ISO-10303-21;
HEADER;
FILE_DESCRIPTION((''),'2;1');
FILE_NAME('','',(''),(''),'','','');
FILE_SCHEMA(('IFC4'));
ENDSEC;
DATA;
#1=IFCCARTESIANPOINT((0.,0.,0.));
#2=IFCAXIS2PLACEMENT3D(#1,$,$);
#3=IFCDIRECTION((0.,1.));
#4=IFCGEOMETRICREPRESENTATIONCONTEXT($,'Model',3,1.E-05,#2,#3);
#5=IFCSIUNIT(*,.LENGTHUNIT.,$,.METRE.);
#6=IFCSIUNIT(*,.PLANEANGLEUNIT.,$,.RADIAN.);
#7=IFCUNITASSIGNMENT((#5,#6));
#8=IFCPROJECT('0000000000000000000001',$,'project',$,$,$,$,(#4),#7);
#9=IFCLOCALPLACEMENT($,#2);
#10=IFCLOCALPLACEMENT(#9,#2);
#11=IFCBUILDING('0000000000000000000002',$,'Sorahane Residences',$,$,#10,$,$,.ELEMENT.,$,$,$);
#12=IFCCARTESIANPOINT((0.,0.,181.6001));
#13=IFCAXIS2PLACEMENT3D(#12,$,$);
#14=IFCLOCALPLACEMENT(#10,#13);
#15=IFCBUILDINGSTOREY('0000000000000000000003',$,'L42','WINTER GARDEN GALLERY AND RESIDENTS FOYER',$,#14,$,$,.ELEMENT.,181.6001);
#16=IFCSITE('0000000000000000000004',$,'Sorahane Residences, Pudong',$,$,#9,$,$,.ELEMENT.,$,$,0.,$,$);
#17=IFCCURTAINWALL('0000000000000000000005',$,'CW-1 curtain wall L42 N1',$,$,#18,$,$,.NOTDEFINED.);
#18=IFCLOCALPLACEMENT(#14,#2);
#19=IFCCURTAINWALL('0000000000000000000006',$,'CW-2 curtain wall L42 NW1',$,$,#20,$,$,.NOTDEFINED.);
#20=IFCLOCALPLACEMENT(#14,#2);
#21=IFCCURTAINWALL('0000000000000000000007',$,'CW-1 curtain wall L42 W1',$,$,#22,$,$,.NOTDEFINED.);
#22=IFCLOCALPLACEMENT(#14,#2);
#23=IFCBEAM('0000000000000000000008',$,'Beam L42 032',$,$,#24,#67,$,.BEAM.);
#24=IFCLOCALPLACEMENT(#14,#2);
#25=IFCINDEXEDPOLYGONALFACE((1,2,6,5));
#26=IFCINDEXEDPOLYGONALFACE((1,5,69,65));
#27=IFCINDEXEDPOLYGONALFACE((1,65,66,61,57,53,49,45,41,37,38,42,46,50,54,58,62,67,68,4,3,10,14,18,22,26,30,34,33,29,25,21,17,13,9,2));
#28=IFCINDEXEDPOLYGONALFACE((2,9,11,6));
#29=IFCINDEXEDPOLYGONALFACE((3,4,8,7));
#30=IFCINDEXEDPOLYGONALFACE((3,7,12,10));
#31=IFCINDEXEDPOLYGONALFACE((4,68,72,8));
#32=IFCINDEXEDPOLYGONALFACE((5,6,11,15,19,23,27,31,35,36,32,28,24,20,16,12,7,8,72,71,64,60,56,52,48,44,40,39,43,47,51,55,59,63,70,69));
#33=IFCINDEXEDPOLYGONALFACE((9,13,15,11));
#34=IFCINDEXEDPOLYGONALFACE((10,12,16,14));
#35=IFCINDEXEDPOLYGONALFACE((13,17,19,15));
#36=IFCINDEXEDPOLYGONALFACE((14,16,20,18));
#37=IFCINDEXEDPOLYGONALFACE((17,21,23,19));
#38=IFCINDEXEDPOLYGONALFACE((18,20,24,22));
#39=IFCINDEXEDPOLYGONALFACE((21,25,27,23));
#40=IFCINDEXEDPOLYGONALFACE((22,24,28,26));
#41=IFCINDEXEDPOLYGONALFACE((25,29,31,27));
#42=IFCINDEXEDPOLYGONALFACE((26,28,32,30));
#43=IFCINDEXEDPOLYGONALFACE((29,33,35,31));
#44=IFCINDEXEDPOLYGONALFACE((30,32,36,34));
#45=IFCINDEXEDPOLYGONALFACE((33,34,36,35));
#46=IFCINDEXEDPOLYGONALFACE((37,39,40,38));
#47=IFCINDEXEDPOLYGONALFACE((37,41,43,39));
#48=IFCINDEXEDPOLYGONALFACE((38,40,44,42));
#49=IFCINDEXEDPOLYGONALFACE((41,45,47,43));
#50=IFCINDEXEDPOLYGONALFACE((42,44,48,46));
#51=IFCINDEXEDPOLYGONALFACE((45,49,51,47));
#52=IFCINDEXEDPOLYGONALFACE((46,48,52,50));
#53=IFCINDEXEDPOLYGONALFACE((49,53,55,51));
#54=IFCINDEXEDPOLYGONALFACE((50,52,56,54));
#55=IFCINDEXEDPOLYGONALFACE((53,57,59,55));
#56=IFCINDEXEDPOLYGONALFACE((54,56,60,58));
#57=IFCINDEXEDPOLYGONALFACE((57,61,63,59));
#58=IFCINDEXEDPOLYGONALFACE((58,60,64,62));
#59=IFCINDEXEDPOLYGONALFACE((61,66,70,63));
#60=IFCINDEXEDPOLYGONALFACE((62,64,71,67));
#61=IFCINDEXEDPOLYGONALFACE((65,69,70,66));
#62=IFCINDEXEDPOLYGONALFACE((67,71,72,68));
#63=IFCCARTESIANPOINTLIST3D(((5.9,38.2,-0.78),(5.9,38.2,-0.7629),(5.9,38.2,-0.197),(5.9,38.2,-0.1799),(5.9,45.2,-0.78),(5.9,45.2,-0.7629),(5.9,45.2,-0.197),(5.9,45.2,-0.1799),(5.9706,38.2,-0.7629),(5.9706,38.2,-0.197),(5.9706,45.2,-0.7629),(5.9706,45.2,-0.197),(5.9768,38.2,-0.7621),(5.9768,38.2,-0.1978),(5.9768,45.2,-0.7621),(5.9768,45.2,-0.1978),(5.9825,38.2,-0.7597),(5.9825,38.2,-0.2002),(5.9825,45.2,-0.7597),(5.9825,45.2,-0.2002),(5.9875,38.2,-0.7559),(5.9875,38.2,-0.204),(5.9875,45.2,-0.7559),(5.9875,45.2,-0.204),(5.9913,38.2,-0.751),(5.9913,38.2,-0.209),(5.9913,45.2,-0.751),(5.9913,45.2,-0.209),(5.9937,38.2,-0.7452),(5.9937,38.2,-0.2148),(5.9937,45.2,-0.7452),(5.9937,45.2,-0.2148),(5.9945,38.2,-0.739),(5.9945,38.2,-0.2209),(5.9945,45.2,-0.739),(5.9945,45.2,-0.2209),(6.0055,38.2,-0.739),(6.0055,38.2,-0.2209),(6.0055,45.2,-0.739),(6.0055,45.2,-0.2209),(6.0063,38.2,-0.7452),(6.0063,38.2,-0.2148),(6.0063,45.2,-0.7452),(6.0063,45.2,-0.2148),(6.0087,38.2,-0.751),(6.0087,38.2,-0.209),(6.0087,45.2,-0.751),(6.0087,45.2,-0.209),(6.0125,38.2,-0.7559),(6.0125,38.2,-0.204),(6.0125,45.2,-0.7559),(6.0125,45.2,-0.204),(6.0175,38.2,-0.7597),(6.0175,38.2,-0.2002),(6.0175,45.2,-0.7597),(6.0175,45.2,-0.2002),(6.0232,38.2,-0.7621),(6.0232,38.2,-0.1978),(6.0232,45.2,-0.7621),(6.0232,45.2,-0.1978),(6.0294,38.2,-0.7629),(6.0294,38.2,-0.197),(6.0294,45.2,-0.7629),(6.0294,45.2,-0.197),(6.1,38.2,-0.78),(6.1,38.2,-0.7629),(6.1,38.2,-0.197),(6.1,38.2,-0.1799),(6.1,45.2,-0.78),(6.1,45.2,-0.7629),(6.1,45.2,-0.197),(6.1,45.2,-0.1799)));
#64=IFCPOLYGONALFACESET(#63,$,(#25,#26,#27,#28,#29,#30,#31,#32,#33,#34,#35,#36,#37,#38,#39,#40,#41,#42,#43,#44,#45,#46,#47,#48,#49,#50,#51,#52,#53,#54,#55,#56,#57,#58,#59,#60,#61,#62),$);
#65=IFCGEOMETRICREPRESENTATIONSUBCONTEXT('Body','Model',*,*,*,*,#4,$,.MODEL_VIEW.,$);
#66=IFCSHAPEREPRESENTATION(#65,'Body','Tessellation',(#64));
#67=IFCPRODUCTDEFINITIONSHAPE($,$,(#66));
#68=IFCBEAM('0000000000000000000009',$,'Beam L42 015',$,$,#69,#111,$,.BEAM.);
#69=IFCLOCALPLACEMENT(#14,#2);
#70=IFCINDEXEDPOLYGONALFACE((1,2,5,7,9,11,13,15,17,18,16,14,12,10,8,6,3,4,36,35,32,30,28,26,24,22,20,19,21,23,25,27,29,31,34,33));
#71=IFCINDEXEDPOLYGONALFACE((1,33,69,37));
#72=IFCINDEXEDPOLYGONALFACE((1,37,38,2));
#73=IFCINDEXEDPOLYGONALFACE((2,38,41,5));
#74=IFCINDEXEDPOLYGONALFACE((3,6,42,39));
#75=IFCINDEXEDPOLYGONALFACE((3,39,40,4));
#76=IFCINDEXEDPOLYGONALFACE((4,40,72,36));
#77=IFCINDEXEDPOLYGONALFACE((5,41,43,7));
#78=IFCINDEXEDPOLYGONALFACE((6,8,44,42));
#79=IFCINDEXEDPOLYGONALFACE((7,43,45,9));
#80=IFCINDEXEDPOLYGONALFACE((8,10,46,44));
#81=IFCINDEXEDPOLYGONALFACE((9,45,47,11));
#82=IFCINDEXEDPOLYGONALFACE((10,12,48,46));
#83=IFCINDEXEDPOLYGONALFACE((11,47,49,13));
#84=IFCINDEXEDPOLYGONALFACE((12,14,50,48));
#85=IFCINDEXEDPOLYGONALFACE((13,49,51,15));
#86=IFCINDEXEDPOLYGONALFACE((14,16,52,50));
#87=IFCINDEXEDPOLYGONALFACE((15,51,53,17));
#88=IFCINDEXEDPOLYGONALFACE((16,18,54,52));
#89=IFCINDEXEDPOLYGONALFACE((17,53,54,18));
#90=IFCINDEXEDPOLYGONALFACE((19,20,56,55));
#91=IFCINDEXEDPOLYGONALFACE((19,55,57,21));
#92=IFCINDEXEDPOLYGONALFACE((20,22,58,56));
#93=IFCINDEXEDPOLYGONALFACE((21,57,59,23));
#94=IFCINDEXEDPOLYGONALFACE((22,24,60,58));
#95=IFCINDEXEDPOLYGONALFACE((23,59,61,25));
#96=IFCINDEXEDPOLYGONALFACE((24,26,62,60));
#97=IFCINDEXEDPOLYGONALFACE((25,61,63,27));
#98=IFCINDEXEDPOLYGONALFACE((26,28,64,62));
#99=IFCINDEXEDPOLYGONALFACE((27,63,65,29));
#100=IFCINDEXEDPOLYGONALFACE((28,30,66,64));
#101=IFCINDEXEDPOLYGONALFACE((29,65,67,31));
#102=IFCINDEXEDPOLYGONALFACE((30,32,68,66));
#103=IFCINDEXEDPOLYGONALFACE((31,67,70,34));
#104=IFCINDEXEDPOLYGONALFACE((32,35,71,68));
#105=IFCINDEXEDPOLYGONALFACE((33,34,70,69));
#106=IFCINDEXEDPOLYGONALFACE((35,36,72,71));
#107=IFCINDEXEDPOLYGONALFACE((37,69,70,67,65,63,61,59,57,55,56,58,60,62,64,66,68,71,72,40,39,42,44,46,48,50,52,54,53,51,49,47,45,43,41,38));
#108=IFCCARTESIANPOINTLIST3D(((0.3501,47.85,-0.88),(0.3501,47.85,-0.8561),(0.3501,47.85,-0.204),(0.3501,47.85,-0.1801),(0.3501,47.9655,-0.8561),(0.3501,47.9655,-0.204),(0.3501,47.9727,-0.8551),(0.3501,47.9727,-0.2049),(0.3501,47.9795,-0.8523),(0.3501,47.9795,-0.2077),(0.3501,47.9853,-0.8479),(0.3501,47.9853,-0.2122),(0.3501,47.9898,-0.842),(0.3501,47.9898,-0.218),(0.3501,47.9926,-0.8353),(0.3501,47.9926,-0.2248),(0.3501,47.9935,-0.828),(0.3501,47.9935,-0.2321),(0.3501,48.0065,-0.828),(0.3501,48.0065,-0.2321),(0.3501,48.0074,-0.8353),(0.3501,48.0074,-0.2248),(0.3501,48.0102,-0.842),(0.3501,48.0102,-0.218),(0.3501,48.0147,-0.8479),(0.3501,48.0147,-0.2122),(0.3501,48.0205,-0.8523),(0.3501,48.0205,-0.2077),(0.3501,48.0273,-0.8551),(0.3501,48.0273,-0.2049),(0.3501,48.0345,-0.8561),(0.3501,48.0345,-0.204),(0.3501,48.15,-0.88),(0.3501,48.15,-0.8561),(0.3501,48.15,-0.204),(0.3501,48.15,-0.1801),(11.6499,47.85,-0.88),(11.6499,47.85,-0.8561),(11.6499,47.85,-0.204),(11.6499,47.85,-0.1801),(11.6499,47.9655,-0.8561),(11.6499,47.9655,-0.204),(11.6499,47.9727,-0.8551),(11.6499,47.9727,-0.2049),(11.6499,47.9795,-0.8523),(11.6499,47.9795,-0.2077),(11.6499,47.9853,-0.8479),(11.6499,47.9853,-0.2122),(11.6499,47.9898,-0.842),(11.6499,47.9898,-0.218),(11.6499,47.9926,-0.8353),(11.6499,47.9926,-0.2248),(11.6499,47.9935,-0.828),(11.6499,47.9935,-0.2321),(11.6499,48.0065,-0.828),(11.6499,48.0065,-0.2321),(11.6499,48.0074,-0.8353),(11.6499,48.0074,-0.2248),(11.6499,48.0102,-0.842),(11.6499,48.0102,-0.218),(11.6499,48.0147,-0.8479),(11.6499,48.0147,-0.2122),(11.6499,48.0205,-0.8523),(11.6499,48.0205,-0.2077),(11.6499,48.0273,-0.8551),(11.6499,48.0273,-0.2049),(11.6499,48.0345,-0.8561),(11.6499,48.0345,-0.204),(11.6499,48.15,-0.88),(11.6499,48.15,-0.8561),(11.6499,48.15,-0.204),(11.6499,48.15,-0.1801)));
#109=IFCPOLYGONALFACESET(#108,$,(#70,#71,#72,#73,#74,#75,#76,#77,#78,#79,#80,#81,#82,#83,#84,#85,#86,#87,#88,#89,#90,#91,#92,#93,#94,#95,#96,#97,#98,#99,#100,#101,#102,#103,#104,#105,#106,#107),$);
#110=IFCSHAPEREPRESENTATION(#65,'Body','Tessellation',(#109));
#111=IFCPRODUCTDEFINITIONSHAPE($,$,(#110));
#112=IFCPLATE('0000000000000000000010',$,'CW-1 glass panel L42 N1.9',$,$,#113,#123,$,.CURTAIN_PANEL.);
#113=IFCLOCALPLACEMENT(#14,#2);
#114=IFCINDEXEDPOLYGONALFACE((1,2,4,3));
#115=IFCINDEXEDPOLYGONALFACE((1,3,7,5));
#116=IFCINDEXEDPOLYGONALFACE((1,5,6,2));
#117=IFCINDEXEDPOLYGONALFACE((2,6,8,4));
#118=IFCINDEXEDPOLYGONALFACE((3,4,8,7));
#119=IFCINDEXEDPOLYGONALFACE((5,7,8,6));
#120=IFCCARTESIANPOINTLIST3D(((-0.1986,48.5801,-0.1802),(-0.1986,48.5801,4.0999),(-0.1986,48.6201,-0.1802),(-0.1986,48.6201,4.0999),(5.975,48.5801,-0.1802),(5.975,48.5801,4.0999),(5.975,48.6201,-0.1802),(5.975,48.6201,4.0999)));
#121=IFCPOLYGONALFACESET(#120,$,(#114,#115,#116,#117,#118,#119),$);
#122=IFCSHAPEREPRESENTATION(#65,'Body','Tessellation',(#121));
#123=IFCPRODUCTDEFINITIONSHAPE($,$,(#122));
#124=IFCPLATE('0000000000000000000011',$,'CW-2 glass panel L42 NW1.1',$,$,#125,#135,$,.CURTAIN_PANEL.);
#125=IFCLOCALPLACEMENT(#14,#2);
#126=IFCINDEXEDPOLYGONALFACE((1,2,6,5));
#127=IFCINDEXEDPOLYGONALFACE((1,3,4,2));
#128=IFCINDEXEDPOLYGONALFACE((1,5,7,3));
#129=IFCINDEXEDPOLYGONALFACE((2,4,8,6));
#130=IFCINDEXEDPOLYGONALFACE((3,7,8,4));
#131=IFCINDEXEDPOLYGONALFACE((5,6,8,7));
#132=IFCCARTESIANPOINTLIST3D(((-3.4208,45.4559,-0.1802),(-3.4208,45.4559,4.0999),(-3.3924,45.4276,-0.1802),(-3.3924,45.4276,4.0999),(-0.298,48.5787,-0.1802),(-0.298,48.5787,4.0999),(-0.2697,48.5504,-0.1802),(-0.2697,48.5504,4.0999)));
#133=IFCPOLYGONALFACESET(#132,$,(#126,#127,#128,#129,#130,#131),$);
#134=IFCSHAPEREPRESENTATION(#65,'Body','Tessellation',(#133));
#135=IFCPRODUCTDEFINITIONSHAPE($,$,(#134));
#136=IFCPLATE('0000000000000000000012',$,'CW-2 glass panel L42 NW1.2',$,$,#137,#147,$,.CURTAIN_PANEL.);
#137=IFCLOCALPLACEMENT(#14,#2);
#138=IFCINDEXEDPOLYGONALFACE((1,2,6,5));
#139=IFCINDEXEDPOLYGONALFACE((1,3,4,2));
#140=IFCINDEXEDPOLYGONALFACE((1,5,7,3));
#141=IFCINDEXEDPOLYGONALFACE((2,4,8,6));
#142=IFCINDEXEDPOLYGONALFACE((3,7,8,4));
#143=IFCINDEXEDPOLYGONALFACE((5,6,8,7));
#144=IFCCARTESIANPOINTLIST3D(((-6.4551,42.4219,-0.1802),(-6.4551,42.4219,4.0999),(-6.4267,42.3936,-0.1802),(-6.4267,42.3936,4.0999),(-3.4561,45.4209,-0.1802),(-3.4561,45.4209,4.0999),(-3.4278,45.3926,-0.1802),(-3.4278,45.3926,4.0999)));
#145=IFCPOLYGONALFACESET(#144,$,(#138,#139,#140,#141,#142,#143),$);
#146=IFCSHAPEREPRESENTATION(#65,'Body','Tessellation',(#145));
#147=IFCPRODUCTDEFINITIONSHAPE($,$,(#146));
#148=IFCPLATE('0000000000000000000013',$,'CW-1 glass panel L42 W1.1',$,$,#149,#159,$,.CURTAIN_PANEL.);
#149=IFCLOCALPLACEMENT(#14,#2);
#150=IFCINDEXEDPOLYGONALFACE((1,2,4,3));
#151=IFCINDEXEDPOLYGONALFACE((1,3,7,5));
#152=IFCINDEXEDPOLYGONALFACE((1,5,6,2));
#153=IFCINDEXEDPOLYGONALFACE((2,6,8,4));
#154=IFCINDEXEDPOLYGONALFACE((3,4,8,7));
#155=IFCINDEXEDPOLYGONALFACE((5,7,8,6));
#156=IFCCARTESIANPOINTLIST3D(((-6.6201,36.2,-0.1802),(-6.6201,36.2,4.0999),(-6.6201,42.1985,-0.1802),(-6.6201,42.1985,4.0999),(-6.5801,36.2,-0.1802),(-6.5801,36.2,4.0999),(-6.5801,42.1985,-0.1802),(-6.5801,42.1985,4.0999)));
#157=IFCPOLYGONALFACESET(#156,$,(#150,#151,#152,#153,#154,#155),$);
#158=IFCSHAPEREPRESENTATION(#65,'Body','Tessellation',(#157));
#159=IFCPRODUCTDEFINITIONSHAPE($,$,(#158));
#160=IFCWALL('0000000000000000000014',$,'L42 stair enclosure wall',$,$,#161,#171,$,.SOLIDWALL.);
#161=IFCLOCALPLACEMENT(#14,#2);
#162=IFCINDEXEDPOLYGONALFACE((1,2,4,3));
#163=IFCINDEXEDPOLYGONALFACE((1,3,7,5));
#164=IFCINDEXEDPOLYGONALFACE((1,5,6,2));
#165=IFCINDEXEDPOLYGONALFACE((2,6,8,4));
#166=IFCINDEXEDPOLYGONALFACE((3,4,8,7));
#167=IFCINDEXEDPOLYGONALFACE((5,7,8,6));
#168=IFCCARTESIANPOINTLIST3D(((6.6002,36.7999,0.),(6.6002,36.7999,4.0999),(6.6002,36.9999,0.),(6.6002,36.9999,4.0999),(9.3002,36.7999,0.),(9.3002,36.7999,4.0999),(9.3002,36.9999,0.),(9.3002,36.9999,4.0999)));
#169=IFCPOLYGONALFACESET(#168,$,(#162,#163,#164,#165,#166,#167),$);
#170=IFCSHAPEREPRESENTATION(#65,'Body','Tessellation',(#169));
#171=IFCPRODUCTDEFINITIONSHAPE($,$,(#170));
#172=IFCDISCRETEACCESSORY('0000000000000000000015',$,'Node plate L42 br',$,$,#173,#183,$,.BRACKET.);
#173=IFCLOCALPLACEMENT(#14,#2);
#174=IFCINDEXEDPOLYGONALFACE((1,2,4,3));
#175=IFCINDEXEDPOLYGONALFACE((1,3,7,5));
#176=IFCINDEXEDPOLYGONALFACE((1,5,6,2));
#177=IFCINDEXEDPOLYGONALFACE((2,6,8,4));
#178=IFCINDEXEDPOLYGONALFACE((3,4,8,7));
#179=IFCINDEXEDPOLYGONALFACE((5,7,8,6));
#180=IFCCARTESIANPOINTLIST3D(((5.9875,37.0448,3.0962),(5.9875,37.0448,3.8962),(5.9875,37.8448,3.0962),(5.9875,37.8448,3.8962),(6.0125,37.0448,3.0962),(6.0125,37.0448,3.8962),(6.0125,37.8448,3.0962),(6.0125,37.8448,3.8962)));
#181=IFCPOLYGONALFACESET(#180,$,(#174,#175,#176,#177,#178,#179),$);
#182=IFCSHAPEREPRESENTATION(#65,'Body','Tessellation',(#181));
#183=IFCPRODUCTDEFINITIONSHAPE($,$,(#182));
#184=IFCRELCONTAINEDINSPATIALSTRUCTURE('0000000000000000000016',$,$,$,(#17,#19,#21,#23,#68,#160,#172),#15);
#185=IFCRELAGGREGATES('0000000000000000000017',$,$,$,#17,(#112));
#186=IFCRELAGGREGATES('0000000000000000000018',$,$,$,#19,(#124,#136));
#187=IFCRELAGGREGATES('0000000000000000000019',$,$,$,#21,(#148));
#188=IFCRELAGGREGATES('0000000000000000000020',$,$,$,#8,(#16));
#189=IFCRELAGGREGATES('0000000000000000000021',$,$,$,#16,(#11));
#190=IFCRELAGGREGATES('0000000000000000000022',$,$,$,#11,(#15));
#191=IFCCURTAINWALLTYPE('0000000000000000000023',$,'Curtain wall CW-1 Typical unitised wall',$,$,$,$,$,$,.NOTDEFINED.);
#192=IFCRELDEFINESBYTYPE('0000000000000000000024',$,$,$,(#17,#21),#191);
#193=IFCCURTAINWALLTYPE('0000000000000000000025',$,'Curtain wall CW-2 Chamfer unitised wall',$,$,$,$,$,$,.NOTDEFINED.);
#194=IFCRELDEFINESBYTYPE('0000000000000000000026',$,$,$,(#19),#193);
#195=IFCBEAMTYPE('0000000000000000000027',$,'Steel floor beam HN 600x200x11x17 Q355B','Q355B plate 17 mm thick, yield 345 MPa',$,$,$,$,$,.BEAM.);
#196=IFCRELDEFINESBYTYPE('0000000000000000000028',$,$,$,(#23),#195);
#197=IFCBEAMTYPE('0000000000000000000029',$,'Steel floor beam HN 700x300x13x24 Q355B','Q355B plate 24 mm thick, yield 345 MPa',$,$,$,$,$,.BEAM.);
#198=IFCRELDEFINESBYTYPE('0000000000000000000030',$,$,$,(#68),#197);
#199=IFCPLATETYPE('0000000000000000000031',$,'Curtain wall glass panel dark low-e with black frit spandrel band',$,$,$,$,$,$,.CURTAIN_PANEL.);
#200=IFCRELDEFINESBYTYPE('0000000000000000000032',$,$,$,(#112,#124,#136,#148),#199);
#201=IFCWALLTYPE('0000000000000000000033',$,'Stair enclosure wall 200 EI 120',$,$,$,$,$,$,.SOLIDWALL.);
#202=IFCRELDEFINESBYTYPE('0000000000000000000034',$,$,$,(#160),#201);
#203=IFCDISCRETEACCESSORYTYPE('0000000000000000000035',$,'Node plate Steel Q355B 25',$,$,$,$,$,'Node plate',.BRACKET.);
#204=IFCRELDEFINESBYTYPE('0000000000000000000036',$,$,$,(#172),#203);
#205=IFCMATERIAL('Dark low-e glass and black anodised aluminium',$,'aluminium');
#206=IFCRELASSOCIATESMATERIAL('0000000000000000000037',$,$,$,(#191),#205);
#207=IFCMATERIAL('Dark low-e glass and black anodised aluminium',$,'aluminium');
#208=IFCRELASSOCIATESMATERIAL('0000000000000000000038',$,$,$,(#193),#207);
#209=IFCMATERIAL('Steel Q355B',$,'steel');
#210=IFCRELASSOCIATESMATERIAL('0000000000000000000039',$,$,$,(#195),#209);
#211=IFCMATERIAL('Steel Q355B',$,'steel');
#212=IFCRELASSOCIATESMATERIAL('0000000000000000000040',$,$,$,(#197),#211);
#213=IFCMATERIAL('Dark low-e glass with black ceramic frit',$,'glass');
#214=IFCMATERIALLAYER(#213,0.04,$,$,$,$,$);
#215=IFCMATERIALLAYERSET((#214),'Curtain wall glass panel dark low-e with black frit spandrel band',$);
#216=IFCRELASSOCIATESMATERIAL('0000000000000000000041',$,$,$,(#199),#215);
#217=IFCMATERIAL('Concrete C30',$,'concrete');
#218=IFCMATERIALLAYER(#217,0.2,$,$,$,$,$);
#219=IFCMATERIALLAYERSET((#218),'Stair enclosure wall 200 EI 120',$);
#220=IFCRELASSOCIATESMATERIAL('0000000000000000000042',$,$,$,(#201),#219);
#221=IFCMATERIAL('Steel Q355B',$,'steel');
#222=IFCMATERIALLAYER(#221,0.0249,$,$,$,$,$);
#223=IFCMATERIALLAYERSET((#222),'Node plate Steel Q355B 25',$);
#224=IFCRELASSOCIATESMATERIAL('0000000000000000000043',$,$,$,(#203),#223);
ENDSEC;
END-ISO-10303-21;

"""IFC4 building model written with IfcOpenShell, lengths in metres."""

from ifc_helpers import new_model, si_unit, direction, frame, frame_2d, origin, origin_2d, place, context, subcontext, project, spatial, rectangle, i_section, extrude, material, layer, layer_set, material_profile, profile_set, type_object, element, aggregate, save


model = new_model("IFC4")

# Units and contexts
model_context = context("Model", 3, precision=1e-05, world=origin(), true_north=direction((0.0, 1.0)))
body_context = subcontext(model_context, "Body", "Model", "MODEL_VIEW")
ifc_project = project(units=[si_unit("LENGTHUNIT", "METRE"), si_unit("PLANEANGLEUNIT", "RADIAN")], contexts=[model_context])

# Site, building, storey
site_placement = place(None, origin())
site = spatial("IfcSite", under=ifc_project, at=site_placement, Name="Sorahane Residences, Pudong", CompositionType="ELEMENT", RefElevation=0.0)
building_placement = place(site_placement, origin())
building = spatial("IfcBuilding", under=site, at=building_placement, Name="Sorahane Residences", CompositionType="ELEMENT")
storey_placement = place(building_placement, frame((0.0, 0.0, 181.6001)))
storey = spatial("IfcBuildingStorey", under=building, at=storey_placement, Name="L42", Description="WINTER GARDEN GALLERY AND RESIDENTS FOYER", CompositionType="ELEMENT", Elevation=181.6001)

# Curtain walls
ifc_material_1 = material(Name="Dark low-e glass and black anodised aluminium", Category="aluminium")
curtain_wall_type_1 = type_object("IfcCurtainWallType", Name="Curtain wall CW-1 Typical unitised wall", PredefinedType="NOTDEFINED", material=ifc_material_1)
curtain_wall_1_placement = place(storey_placement, origin())
curtain_wall_1 = element("IfcCurtainWall", 1, at=curtain_wall_1_placement, inside=storey, type_object=curtain_wall_type_1, Name="CW-1 curtain wall L42 N1", PredefinedType="NOTDEFINED")
ifc_material_2 = material(Name="Dark low-e glass and black anodised aluminium", Category="aluminium")
curtain_wall_type_2 = type_object("IfcCurtainWallType", Name="Curtain wall CW-2 Chamfer unitised wall", PredefinedType="NOTDEFINED", material=ifc_material_2)
curtain_wall_2_placement = place(storey_placement, origin())
curtain_wall_2 = element("IfcCurtainWall", 2, at=curtain_wall_2_placement, inside=storey, type_object=curtain_wall_type_2, Name="CW-2 curtain wall L42 NW1", PredefinedType="NOTDEFINED")

# Curtain wall
curtain_wall_3_placement = place(storey_placement, origin())
curtain_wall_3 = element("IfcCurtainWall", 3, at=curtain_wall_3_placement, inside=storey, type_object=curtain_wall_type_1, Name="CW-1 curtain wall L42 W1", PredefinedType="NOTDEFINED")

# Beams
ifc_material_3 = material(Name="Steel Q355B", Category="steel")
ifc_material_profile_1 = material_profile(ifc_material_3, i_section(OverallWidth=0.2, OverallDepth=0.6001, WebThickness=0.011, FlangeThickness=0.0171, FilletRadius=0.0239, at=origin_2d()), Name="HN 600x200x11x17")
ifc_profile_set_1 = profile_set([ifc_material_profile_1], Name="Steel Q355B")
beam_type_1 = type_object("IfcBeamType", Name="Steel floor beam HN 600x200x11x17 Q355B", Description="Q355B plate 17 mm thick, yield 345 MPa", PredefinedType="BEAM", material=ifc_profile_set_1)
beam_1_placement = place(storey_placement, frame((6.0, 38.2, -0.48), z_axis=(0.0, 1.0, 0.0), x_axis=(-1.0, 0.0, 0.0)))
element("IfcBeam", 4, at=beam_1_placement, inside=storey, type_object=beam_type_1, Name="Beam L42 032", PredefinedType="BEAM", context=body_context, shape_type="SweptSolid", body=[
    extrude(i_section(OverallWidth=0.2, OverallDepth=0.6001, WebThickness=0.011, FlangeThickness=0.0171, FilletRadius=0.0239, at=origin_2d()), origin(), (0.0, 0.0, 1.0), 7.0),
])
ifc_material_4 = material(Name="Steel Q355B", Category="steel")
ifc_material_profile_2 = material_profile(ifc_material_4, i_section(OverallWidth=0.3, OverallDepth=0.7, WebThickness=0.0129, FlangeThickness=0.0239, FilletRadius=0.0281, at=origin_2d()), Name="HN 700x300x13x24")
ifc_profile_set_2 = profile_set([ifc_material_profile_2], Name="Steel Q355B")
beam_type_2 = type_object("IfcBeamType", Name="Steel floor beam HN 700x300x13x24 Q355B", Description="Q355B plate 24 mm thick, yield 345 MPa", PredefinedType="BEAM", material=ifc_profile_set_2)
beam_2_placement = place(storey_placement, frame((0.3501, 48.0, -0.53), z_axis=(1.0, 0.0, 0.0), x_axis=(0.0, 1.0, 0.0)))
element("IfcBeam", 5, at=beam_2_placement, inside=storey, type_object=beam_type_2, Name="Beam L42 015", PredefinedType="BEAM", context=body_context, shape_type="SweptSolid", body=[
    extrude(i_section(OverallWidth=0.3, OverallDepth=0.7, WebThickness=0.0129, FlangeThickness=0.0239, FilletRadius=0.0281, at=origin_2d()), origin(), (0.0, 0.0, 1.0), 11.2998),
])

# Plates
ifc_material_5 = material(Name="Dark low-e glass with black ceramic frit", Category="glass")
ifc_layer_1 = layer(ifc_material_5, 0.04)
ifc_layer_set_1 = layer_set([ifc_layer_1], Name="Curtain wall glass panel dark low-e with black frit spandrel band")
plate_type = type_object("IfcPlateType", Name="Curtain wall glass panel dark low-e with black frit spandrel band", PredefinedType="CURTAIN_PANEL", material=ifc_layer_set_1)
plate_1_placement = place(storey_placement, frame((2.8882, 48.6001, -0.1802), z_axis=(0.0, 0.0, 1.0), x_axis=(-1.0, 0.0, 0.0)))
plate_1 = element("IfcPlate", 6, at=plate_1_placement, type_object=plate_type, Name="CW-1 glass panel L42 N1.9", PredefinedType="CURTAIN_PANEL", context=body_context, shape_type="SweptSolid", body=[
    extrude(rectangle(XDim=6.1736, YDim=0.04, at=origin_2d()), origin(), (0.0, 0.0, 1.0), 4.28),
])
aggregate(curtain_wall_1, [plate_1])
plate_2_placement = place(storey_placement, frame((-1.8452, 47.0032, -0.1802), z_axis=(0.0, 0.0, 1.0), x_axis=(-0.707107, -0.707107, 0.0)))
plate_2 = element("IfcPlate", 7, at=plate_2_placement, type_object=plate_type, Name="CW-2 glass panel L42 NW1.1", PredefinedType="CURTAIN_PANEL", context=body_context, shape_type="SweptSolid", body=[
    extrude(rectangle(XDim=4.4163, YDim=0.04, at=origin_2d()), origin(), (0.0, 0.0, 1.0), 4.28),
])
plate_3_placement = place(storey_placement, frame((-4.9414, 43.9072, -0.1802), z_axis=(0.0, 0.0, 1.0), x_axis=(-0.707107, -0.707107, 0.0)))
plate_3 = element("IfcPlate", 8, at=plate_3_placement, type_object=plate_type, Name="CW-2 glass panel L42 NW1.2", PredefinedType="CURTAIN_PANEL", context=body_context, shape_type="SweptSolid", body=[
    extrude(rectangle(XDim=4.2412, YDim=0.04, at=origin_2d()), origin(), (0.0, 0.0, 1.0), 4.28),
])
aggregate(curtain_wall_2, [plate_2, plate_3])
plate_4_placement = place(storey_placement, frame((-6.6001, 39.1992, -0.1802), z_axis=(0.0, 0.0, 1.0), x_axis=(0.0, -1.0, 0.0)))
plate_4 = element("IfcPlate", 9, at=plate_4_placement, type_object=plate_type, Name="CW-1 glass panel L42 W1.1", PredefinedType="CURTAIN_PANEL", context=body_context, shape_type="SweptSolid", body=[
    extrude(rectangle(XDim=5.9985, YDim=0.04, at=origin_2d()), origin(), (0.0, 0.0, 1.0), 4.28),
])
aggregate(curtain_wall_3, [plate_4])

# Wall
ifc_material_6 = material(Name="Concrete C30", Category="concrete")
ifc_layer_2 = layer(ifc_material_6, 0.2)
ifc_layer_set_2 = layer_set([ifc_layer_2], Name="Stair enclosure wall 200 EI 120")
wall_type = type_object("IfcWallType", Name="Stair enclosure wall 200 EI 120", PredefinedType="SOLIDWALL", material=ifc_layer_set_2)
wall_placement = place(storey_placement, frame((6.6001, 36.8999, 0.0), z_axis=(0.0, 0.0, 1.0), x_axis=(1.0, 0.0, 0.0)))
element("IfcWall", 10, at=wall_placement, inside=storey, type_object=wall_type, Name="L42 stair enclosure wall", PredefinedType="SOLIDWALL", context=body_context, shape_type="SweptSolid", body=[
    extrude(rectangle(XDim=2.7, YDim=0.2, at=frame_2d((1.3501, 0.0))), origin(), (0.0, 0.0, 1.0), 4.0999),
])

# Discrete accessory
ifc_material_7 = material(Name="Steel Q355B", Category="steel")
ifc_layer_3 = layer(ifc_material_7, 0.0249)
ifc_layer_set_3 = layer_set([ifc_layer_3], Name="Node plate Steel Q355B 25")
discrete_accessory_type = type_object("IfcDiscreteAccessoryType", Name="Node plate Steel Q355B 25", ElementType="Node plate", PredefinedType="BRACKET", material=ifc_layer_set_3)
discrete_accessory_placement = place(storey_placement, frame((6.0, 37.4448, 3.0962), z_axis=(0.0, 0.0, 1.0), x_axis=(0.0, 1.0, 0.0)))
element("IfcDiscreteAccessory", 11, at=discrete_accessory_placement, inside=storey, type_object=discrete_accessory_type, Name="Node plate L42 br", PredefinedType="BRACKET", context=body_context, shape_type="SweptSolid", body=[
    extrude(rectangle(XDim=0.8, YDim=0.0249, at=origin_2d()), origin(), (0.0, 0.0, 1.0), 0.8),
])

save(model, "model.ifc")
